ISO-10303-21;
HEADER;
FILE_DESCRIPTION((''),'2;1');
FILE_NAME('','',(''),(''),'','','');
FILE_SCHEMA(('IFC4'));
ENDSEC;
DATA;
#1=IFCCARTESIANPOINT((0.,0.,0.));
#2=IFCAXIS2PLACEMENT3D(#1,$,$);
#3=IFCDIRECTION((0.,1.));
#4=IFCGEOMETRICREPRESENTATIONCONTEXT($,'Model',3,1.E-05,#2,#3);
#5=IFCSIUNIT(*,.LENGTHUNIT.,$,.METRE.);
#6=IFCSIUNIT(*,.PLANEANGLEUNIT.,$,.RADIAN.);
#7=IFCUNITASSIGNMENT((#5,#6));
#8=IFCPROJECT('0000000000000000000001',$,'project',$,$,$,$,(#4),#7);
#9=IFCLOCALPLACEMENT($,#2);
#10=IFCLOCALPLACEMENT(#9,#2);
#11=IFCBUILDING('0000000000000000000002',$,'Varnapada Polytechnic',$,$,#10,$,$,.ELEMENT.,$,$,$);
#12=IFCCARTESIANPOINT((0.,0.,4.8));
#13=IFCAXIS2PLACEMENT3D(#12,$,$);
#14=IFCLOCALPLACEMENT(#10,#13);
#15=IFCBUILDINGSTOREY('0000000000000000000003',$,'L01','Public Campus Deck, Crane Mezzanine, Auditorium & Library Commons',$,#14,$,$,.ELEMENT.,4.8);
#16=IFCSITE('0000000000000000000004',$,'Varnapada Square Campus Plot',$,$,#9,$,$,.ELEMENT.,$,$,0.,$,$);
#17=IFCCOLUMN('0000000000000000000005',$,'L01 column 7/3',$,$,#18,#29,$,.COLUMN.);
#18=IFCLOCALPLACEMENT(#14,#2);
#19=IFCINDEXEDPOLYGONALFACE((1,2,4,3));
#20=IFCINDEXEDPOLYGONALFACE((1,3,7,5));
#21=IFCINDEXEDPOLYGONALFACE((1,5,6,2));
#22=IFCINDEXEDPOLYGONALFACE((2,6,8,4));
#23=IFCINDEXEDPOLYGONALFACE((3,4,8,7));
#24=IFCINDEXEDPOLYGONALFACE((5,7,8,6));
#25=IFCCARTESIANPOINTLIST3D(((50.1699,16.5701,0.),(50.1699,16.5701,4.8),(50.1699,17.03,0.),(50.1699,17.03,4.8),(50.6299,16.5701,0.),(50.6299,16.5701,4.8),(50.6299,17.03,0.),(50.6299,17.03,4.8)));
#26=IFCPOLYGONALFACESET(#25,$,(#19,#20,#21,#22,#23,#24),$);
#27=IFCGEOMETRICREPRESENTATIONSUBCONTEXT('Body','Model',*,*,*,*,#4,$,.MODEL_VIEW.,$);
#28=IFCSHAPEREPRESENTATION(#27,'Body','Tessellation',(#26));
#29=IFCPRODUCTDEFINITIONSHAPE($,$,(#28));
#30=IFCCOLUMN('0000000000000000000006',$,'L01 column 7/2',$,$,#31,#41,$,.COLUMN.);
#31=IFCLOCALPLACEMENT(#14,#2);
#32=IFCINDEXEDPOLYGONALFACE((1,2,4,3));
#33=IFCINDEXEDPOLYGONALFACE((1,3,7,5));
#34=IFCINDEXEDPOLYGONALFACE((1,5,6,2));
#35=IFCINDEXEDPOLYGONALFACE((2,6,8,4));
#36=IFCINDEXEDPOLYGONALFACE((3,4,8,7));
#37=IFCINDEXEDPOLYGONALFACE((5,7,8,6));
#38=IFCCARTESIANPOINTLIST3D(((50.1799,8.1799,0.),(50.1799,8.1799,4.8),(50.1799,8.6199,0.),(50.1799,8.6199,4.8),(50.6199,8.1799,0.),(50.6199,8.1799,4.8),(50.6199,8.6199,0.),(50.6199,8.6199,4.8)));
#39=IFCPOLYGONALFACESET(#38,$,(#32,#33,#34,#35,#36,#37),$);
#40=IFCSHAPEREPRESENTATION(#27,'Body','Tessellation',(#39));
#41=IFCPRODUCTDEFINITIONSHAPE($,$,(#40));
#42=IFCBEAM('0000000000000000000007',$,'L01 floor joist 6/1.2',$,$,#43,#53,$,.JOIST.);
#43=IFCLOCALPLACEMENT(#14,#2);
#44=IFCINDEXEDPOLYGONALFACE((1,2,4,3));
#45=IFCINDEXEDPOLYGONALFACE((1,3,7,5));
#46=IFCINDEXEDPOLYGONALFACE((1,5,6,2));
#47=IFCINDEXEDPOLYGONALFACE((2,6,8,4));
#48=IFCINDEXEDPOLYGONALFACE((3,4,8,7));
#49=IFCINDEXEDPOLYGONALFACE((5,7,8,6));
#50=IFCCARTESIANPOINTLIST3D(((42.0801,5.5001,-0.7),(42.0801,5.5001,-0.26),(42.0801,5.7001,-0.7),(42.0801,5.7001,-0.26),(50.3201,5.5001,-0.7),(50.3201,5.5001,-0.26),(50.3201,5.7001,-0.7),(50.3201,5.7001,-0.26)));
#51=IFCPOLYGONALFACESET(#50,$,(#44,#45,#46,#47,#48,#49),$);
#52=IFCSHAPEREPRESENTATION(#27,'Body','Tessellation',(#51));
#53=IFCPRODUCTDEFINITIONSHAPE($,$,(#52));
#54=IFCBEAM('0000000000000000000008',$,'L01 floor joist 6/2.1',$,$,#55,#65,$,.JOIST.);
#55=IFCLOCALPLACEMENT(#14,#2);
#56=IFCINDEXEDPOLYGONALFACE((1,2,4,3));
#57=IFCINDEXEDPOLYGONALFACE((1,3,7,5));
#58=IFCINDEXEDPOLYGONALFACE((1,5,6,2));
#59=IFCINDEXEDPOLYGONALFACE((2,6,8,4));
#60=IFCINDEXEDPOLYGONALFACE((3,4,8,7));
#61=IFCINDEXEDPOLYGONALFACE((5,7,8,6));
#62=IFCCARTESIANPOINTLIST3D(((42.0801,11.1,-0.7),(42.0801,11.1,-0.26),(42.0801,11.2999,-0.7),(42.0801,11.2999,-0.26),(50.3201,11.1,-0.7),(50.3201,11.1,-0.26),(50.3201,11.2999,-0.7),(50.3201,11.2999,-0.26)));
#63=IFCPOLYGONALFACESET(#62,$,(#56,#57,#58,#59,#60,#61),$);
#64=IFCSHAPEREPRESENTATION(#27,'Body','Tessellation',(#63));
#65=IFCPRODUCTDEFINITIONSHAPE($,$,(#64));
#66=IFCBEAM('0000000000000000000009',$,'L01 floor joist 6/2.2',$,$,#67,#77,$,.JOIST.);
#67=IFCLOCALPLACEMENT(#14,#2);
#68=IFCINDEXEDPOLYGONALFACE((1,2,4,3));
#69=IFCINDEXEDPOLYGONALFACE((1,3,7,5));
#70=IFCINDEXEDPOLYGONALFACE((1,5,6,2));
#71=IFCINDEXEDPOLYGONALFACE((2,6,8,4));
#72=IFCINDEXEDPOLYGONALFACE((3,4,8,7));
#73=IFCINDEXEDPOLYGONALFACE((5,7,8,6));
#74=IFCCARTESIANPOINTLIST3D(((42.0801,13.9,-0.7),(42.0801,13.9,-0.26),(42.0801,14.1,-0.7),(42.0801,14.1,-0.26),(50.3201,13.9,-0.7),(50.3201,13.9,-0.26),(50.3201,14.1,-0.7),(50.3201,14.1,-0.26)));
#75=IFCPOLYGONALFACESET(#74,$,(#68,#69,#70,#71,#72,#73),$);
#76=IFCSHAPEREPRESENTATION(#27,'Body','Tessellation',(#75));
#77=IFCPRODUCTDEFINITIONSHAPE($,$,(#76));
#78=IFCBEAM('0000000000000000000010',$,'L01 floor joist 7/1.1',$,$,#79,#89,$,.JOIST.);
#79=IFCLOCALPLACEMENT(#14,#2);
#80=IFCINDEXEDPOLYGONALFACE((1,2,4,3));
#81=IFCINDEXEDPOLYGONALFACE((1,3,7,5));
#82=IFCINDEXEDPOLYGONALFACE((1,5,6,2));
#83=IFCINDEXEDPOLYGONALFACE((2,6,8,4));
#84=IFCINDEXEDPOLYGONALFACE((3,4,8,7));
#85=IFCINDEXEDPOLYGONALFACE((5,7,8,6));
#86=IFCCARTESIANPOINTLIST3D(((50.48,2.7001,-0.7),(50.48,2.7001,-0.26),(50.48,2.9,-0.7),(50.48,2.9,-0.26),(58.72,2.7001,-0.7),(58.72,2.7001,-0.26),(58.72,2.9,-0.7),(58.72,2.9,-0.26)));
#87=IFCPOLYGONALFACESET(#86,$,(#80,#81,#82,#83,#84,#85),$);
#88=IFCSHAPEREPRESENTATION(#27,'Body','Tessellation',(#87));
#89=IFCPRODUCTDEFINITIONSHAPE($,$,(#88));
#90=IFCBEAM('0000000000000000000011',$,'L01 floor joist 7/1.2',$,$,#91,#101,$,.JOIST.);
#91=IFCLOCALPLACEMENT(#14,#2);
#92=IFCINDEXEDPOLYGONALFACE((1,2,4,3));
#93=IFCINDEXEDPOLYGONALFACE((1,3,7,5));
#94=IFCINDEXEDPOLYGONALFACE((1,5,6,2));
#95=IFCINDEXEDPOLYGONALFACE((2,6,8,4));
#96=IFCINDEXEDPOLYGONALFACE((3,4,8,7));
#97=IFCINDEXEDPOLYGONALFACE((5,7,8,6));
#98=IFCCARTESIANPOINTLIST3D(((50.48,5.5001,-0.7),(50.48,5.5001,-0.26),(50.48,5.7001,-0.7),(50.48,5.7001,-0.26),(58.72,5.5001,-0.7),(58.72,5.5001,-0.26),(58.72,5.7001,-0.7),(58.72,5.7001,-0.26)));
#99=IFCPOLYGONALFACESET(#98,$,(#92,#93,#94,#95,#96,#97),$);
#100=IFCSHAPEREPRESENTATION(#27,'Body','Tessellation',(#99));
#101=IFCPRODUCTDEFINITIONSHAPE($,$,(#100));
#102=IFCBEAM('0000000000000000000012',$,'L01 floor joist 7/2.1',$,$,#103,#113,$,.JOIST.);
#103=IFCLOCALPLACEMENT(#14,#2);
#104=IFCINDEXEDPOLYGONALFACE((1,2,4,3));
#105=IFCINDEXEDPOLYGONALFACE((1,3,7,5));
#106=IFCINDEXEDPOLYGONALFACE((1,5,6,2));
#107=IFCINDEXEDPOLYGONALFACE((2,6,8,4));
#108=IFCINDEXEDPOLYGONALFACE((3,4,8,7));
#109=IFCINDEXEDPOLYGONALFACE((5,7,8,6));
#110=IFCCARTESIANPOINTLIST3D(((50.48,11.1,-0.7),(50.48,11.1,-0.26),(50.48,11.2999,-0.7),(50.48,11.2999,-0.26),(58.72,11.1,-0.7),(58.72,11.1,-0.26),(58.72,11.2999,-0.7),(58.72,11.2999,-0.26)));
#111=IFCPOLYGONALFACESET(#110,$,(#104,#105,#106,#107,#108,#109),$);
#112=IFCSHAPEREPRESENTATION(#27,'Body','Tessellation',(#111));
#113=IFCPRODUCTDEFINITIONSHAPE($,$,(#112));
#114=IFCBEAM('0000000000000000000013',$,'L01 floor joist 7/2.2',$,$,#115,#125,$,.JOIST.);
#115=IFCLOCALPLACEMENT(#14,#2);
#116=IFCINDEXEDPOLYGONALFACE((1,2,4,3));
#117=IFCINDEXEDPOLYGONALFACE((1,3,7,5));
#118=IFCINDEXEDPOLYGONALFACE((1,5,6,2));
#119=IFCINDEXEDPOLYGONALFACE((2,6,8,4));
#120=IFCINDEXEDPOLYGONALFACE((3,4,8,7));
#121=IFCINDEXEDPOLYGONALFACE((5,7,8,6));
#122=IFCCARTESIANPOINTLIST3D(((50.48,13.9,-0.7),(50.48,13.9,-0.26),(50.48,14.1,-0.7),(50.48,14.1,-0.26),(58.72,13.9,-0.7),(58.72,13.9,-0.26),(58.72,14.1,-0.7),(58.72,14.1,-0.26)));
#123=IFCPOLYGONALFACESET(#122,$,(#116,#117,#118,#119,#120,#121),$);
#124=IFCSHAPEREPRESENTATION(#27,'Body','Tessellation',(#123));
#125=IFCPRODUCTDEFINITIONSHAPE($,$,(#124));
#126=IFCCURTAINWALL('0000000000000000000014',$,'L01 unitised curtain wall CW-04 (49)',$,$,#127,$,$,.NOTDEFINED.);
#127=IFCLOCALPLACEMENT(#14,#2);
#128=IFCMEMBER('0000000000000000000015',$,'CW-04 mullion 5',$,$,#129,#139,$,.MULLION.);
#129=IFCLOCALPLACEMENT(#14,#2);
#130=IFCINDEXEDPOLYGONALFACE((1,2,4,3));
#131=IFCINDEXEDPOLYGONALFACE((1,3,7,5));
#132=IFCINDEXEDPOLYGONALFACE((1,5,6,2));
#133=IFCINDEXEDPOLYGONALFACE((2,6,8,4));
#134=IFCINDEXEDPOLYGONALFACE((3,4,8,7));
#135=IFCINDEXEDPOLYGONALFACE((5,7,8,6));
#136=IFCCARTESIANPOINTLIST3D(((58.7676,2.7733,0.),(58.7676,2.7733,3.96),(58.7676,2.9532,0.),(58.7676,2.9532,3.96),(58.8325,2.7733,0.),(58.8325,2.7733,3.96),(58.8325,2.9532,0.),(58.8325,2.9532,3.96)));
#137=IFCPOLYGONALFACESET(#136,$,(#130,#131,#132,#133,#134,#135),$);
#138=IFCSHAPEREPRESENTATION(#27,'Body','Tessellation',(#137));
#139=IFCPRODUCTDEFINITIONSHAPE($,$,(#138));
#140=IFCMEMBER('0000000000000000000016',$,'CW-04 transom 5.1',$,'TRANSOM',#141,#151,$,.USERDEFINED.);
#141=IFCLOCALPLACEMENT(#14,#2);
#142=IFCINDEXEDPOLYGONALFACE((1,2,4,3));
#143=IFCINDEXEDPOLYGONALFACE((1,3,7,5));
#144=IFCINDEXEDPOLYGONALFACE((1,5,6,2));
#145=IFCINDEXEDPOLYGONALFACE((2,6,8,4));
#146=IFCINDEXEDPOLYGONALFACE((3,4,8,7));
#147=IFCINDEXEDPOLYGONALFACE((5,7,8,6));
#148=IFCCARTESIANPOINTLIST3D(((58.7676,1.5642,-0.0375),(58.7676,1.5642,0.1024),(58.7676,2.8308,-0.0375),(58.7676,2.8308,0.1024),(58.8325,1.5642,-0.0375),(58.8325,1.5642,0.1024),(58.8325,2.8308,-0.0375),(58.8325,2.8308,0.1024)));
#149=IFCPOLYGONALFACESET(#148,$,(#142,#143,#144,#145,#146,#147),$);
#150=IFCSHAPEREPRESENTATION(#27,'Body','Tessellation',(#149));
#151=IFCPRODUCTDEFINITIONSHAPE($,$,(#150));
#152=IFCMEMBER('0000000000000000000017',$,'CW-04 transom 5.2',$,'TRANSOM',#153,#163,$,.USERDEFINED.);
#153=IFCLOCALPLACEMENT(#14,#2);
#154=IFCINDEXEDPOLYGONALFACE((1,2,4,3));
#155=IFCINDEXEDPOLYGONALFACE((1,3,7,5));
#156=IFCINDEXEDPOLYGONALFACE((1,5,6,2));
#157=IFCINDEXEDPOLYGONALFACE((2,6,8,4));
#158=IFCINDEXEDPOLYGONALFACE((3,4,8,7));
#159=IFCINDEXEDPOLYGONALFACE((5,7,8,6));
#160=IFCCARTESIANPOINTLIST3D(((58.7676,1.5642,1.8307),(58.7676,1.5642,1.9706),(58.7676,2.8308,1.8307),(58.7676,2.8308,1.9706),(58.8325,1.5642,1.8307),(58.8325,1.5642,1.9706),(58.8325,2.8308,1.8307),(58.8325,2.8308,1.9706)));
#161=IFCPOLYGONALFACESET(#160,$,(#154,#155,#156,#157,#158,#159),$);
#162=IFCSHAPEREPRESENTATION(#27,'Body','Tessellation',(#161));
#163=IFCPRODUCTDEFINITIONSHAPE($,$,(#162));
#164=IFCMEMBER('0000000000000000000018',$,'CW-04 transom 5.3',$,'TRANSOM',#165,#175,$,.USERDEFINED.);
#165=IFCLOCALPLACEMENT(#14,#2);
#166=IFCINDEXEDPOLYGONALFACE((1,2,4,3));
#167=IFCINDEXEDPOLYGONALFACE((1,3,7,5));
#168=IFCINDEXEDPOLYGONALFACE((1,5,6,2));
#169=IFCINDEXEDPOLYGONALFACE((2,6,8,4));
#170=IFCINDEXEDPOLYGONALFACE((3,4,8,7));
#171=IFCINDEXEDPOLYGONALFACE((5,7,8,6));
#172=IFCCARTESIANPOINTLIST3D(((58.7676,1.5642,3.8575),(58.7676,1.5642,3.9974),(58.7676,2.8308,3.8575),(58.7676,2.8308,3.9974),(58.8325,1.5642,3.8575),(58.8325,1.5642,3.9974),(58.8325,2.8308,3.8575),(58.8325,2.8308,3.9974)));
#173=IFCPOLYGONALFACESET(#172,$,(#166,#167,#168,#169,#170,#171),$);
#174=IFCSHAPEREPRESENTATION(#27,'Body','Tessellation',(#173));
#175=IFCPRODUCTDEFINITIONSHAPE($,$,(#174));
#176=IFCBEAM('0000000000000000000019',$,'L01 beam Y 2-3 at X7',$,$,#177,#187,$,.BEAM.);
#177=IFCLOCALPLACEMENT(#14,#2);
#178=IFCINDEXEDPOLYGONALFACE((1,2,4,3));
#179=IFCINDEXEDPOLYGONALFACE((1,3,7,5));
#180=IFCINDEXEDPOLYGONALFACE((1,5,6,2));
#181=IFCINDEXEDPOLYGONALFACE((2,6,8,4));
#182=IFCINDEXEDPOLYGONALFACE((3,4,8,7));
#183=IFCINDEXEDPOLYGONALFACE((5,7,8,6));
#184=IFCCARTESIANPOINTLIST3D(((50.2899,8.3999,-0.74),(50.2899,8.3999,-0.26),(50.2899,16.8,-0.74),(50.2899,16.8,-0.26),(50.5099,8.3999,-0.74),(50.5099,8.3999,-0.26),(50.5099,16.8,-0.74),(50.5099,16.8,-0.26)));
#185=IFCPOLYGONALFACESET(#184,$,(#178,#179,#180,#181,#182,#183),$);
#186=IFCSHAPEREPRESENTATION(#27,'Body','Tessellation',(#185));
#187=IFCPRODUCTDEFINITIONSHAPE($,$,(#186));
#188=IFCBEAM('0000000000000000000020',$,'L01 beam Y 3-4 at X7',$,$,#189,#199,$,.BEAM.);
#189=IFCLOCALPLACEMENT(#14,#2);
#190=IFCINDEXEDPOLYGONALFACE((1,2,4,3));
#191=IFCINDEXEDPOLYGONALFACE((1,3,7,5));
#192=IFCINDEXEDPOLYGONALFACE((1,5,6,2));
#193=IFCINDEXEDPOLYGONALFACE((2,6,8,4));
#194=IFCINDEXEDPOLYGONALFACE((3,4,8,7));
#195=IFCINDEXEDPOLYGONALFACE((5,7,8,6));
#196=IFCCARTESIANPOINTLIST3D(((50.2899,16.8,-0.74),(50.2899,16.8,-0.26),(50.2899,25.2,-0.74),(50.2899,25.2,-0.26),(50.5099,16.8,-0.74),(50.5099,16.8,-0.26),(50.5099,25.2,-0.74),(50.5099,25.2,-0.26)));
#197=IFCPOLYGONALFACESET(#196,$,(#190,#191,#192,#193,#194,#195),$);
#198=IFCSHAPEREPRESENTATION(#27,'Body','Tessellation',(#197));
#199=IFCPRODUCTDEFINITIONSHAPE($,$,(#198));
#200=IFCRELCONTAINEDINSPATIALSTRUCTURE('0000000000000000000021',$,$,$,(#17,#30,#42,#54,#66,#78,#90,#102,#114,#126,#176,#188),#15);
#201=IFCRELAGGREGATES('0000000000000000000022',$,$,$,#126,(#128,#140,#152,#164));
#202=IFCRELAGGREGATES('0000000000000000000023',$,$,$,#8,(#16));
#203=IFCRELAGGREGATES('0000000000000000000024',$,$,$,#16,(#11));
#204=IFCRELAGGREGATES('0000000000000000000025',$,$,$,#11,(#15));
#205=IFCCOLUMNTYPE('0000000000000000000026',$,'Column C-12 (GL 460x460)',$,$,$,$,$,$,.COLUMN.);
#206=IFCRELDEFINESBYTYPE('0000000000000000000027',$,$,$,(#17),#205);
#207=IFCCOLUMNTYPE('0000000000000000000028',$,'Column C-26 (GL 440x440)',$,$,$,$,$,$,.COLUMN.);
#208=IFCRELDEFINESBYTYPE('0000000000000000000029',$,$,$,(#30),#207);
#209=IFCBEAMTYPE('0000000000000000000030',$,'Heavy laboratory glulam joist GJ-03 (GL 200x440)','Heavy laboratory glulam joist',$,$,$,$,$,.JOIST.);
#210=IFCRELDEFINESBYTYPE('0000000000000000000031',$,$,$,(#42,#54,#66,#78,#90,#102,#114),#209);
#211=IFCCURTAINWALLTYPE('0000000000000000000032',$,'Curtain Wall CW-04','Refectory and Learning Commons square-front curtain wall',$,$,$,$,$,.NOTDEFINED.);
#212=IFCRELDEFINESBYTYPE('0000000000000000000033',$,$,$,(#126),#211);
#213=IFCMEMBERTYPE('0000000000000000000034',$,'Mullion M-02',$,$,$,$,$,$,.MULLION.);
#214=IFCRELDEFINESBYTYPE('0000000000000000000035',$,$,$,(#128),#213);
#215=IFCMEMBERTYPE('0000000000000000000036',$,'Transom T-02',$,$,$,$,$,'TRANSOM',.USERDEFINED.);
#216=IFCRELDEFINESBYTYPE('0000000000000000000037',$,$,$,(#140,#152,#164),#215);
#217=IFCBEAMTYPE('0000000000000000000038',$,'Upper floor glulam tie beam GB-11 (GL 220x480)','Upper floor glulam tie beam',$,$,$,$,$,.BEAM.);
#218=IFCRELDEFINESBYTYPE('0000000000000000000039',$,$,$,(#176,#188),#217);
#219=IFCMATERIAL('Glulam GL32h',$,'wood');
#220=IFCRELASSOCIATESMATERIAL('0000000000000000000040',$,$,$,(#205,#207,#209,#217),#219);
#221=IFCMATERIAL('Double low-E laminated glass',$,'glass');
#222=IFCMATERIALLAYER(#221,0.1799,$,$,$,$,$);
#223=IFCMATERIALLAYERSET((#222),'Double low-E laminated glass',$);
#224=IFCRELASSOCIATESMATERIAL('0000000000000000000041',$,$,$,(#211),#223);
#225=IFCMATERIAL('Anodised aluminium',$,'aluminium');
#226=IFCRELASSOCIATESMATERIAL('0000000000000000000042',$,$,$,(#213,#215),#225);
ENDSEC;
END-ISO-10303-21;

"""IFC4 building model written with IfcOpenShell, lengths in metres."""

from ifc_helpers import new_model, si_unit, direction, frame, origin, origin_2d, place, context, subcontext, project, spatial, rectangle, extrude, material, layer, layer_set, material_profile, profile_set, type_object, element, aggregate, save


model = new_model("IFC4")

# Units and contexts
model_context = context("Model", 3, precision=1e-05, world=origin(), true_north=direction((0.0, 1.0)))
body_context = subcontext(model_context, "Body", "Model", "MODEL_VIEW")
ifc_project = project(units=[si_unit("LENGTHUNIT", "METRE"), si_unit("PLANEANGLEUNIT", "RADIAN")], contexts=[model_context])

# Site, building, storey
site_placement = place(None, origin())
site = spatial("IfcSite", under=ifc_project, at=site_placement, Name="Varnapada Square Campus Plot", CompositionType="ELEMENT", RefElevation=0.0)
building_placement = place(site_placement, origin())
building = spatial("IfcBuilding", under=site, at=building_placement, Name="Varnapada Polytechnic", CompositionType="ELEMENT")
storey_placement = place(building_placement, frame((0.0, 0.0, 4.8)))
storey = spatial("IfcBuildingStorey", under=building, at=storey_placement, Name="L01", Description="Public Campus Deck, Crane Mezzanine, Auditorium & Library Commons", CompositionType="ELEMENT", Elevation=4.8)

# Columns
ifc_material_1 = material(Name="Glulam GL32h", Category="wood")
ifc_material_profile_1 = material_profile(ifc_material_1, rectangle(XDim=0.46, YDim=0.46, at=origin_2d()), Name="GL 460x460")
ifc_profile_set_1 = profile_set([ifc_material_profile_1], Name="Glulam GL32h")
column_type_1 = type_object("IfcColumnType", Name="Column C-12 (GL 460x460)", PredefinedType="COLUMN", material=ifc_profile_set_1)
column_1_placement = place(storey_placement, frame((50.3999, 16.8, 0.0), z_axis=(0.0, 0.0, 1.0), x_axis=(1.0, 0.0, 0.0)))
element("IfcColumn", 1, at=column_1_placement, inside=storey, type_object=column_type_1, Name="L01 column 7/3", PredefinedType="COLUMN", context=body_context, shape_type="SweptSolid", body=[
    extrude(rectangle(XDim=0.46, YDim=0.46, at=origin_2d()), origin(), (0.0, 0.0, 1.0), 4.8),
])
ifc_material_profile_2 = material_profile(ifc_material_1, rectangle(XDim=0.4399, YDim=0.4399, at=origin_2d()), Name="GL 440x440")
ifc_profile_set_2 = profile_set([ifc_material_profile_2], Name="Glulam GL32h")
column_type_2 = type_object("IfcColumnType", Name="Column C-26 (GL 440x440)", PredefinedType="COLUMN", material=ifc_profile_set_2)
column_2_placement = place(storey_placement, frame((50.3999, 8.3999, 0.0), z_axis=(0.0, 0.0, 1.0), x_axis=(1.0, 0.0, 0.0)))
element("IfcColumn", 2, at=column_2_placement, inside=storey, type_object=column_type_2, Name="L01 column 7/2", PredefinedType="COLUMN", context=body_context, shape_type="SweptSolid", body=[
    extrude(rectangle(XDim=0.4399, YDim=0.4399, at=origin_2d()), origin(), (0.0, 0.0, 1.0), 4.8),
])

# Beams
ifc_material_profile_3 = material_profile(ifc_material_1, rectangle(XDim=0.2, YDim=0.4399, at=origin_2d()), Name="GL 200x440")
ifc_profile_set_3 = profile_set([ifc_material_profile_3], Name="Glulam GL32h")
beam_type_1 = type_object("IfcBeamType", Name="Heavy laboratory glulam joist GJ-03 (GL 200x440)", Description="Heavy laboratory glulam joist", PredefinedType="JOIST", material=ifc_profile_set_3)
for number, where, z_axis, x_axis, name in (
    (3, (42.0801, 5.6001, -0.48), (1.0, 0.0, 0.0), (0.0, 1.0, 0.0), "L01 floor joist 6/1.2"),
    (4, (42.0801, 11.2, -0.48), (1.0, 0.0, 0.0), (0.0, 1.0, 0.0), "L01 floor joist 6/2.1"),
    (5, (42.0801, 14.0, -0.48), (1.0, 0.0, 0.0), (0.0, 1.0, 0.0), "L01 floor joist 6/2.2"),
    (6, (50.48, 2.8, -0.48), (1.0, 0.0, 0.0), (0.0, 1.0, 0.0), "L01 floor joist 7/1.1"),
    (7, (50.48, 5.6001, -0.48), (1.0, 0.0, 0.0), (0.0, 1.0, 0.0), "L01 floor joist 7/1.2"),
    (8, (50.48, 11.2, -0.48), (1.0, 0.0, 0.0), (0.0, 1.0, 0.0), "L01 floor joist 7/2.1"),
    (9, (50.48, 14.0, -0.48), (1.0, 0.0, 0.0), (0.0, 1.0, 0.0), "L01 floor joist 7/2.2"),
):
    element("IfcBeam", number, at=place(storey_placement, frame(where, z_axis=z_axis, x_axis=x_axis)), inside=storey, type_object=beam_type_1, Name=name, PredefinedType="JOIST", context=body_context, shape_type="SweptSolid", body=[
        extrude(rectangle(XDim=0.2, YDim=0.4399, at=origin_2d()), origin(), (0.0, 0.0, 1.0), 8.24),
    ])

# Curtain wall, members
ifc_material_2 = material(Name="Double low-E laminated glass", Category="glass")
ifc_layer_1 = layer(ifc_material_2, 0.1799)
ifc_layer_set_1 = layer_set([ifc_layer_1], Name="Double low-E laminated glass")
curtain_wall_type = type_object("IfcCurtainWallType", Name="Curtain Wall CW-04", Description="Refectory and Learning Commons square-front curtain wall", PredefinedType="NOTDEFINED", material=ifc_layer_set_1)
curtain_wall_placement = place(storey_placement, origin())
curtain_wall = element("IfcCurtainWall", 10, at=curtain_wall_placement, inside=storey, type_object=curtain_wall_type, Name="L01 unitised curtain wall CW-04 (49)", PredefinedType="NOTDEFINED")
ifc_material_3 = material(Name="Anodised aluminium", Category="aluminium")
ifc_material_profile_4 = material_profile(ifc_material_3, rectangle(XDim=0.0649, YDim=0.1799, at=origin_2d()), Name="ALU M65x180")
ifc_profile_set_4 = profile_set([ifc_material_profile_4], Name="Anodised aluminium")
member_type_1 = type_object("IfcMemberType", Name="Mullion M-02", PredefinedType="MULLION", material=ifc_profile_set_4)
member_1_placement = place(storey_placement, frame((58.8, 2.8633, 0.0), z_axis=(0.0, 0.0, 1.0), x_axis=(1.0, 0.0, 0.0)))
member_1 = element("IfcMember", 11, at=member_1_placement, type_object=member_type_1, Name="CW-04 mullion 5", PredefinedType="MULLION", context=body_context, shape_type="SweptSolid", body=[
    extrude(rectangle(XDim=0.0649, YDim=0.1799, at=origin_2d()), origin(), (0.0, 0.0, 1.0), 3.96),
])
ifc_material_profile_5 = material_profile(ifc_material_3, rectangle(XDim=0.0649, YDim=0.1399, at=origin_2d()), Name="ALU T65x140")
ifc_profile_set_5 = profile_set([ifc_material_profile_5], Name="Anodised aluminium")
member_type_2 = type_object("IfcMemberType", Name="Transom T-02", ElementType="TRANSOM", PredefinedType="USERDEFINED", material=ifc_profile_set_5)
member_2_placement = place(storey_placement, frame((58.8, 2.8308, 0.0325), z_axis=(0.0, -1.0, 0.0), x_axis=(1.0, 0.0, 0.0)))
member_2 = element("IfcMember", 12, at=member_2_placement, type_object=member_type_2, Name="CW-04 transom 5.1", ObjectType="TRANSOM", PredefinedType="USERDEFINED", context=body_context, shape_type="SweptSolid", body=[
    extrude(rectangle(XDim=0.0649, YDim=0.1399, at=origin_2d()), origin(), (0.0, 0.0, 1.0), 1.2666),
])
member_3_placement = place(storey_placement, frame((58.8, 2.8308, 1.9006), z_axis=(0.0, -1.0, 0.0), x_axis=(1.0, 0.0, 0.0)))
member_3 = element("IfcMember", 13, at=member_3_placement, type_object=member_type_2, Name="CW-04 transom 5.2", ObjectType="TRANSOM", PredefinedType="USERDEFINED", context=body_context, shape_type="SweptSolid", body=[
    extrude(rectangle(XDim=0.0649, YDim=0.1399, at=origin_2d()), origin(), (0.0, 0.0, 1.0), 1.2666),
])
member_4_placement = place(storey_placement, frame((58.8, 2.8308, 3.9275), z_axis=(0.0, -1.0, 0.0), x_axis=(1.0, 0.0, 0.0)))
member_4 = element("IfcMember", 14, at=member_4_placement, type_object=member_type_2, Name="CW-04 transom 5.3", ObjectType="TRANSOM", PredefinedType="USERDEFINED", context=body_context, shape_type="SweptSolid", body=[
    extrude(rectangle(XDim=0.0649, YDim=0.1399, at=origin_2d()), origin(), (0.0, 0.0, 1.0), 1.2666),
])

# Beams
ifc_material_profile_6 = material_profile(ifc_material_1, rectangle(XDim=0.22, YDim=0.48, at=origin_2d()), Name="GL 220x480")
ifc_profile_set_6 = profile_set([ifc_material_profile_6], Name="Glulam GL32h")
beam_type_2 = type_object("IfcBeamType", Name="Upper floor glulam tie beam GB-11 (GL 220x480)", Description="Upper floor glulam tie beam", PredefinedType="BEAM", material=ifc_profile_set_6)
beam_1_placement = place(storey_placement, frame((50.3999, 8.3999, -0.5), z_axis=(0.0, 1.0, 0.0), x_axis=(-1.0, 0.0, 0.0)))
element("IfcBeam", 15, at=beam_1_placement, inside=storey, type_object=beam_type_2, Name="L01 beam Y 2-3 at X7", PredefinedType="BEAM", context=body_context, shape_type="SweptSolid", body=[
    extrude(rectangle(XDim=0.22, YDim=0.48, at=origin_2d()), origin(), (0.0, 0.0, 1.0), 8.4001),
])
beam_2_placement = place(storey_placement, frame((50.3999, 16.8, -0.5), z_axis=(0.0, 1.0, 0.0), x_axis=(-1.0, 0.0, 0.0)))
element("IfcBeam", 16, at=beam_2_placement, inside=storey, type_object=beam_type_2, Name="L01 beam Y 3-4 at X7", PredefinedType="BEAM", context=body_context, shape_type="SweptSolid", body=[
    extrude(rectangle(XDim=0.22, YDim=0.48, at=origin_2d()), origin(), (0.0, 0.0, 1.0), 8.3999),
])

aggregate(curtain_wall, [member_1, member_2, member_3, member_4])

save(model, "model.ifc")
